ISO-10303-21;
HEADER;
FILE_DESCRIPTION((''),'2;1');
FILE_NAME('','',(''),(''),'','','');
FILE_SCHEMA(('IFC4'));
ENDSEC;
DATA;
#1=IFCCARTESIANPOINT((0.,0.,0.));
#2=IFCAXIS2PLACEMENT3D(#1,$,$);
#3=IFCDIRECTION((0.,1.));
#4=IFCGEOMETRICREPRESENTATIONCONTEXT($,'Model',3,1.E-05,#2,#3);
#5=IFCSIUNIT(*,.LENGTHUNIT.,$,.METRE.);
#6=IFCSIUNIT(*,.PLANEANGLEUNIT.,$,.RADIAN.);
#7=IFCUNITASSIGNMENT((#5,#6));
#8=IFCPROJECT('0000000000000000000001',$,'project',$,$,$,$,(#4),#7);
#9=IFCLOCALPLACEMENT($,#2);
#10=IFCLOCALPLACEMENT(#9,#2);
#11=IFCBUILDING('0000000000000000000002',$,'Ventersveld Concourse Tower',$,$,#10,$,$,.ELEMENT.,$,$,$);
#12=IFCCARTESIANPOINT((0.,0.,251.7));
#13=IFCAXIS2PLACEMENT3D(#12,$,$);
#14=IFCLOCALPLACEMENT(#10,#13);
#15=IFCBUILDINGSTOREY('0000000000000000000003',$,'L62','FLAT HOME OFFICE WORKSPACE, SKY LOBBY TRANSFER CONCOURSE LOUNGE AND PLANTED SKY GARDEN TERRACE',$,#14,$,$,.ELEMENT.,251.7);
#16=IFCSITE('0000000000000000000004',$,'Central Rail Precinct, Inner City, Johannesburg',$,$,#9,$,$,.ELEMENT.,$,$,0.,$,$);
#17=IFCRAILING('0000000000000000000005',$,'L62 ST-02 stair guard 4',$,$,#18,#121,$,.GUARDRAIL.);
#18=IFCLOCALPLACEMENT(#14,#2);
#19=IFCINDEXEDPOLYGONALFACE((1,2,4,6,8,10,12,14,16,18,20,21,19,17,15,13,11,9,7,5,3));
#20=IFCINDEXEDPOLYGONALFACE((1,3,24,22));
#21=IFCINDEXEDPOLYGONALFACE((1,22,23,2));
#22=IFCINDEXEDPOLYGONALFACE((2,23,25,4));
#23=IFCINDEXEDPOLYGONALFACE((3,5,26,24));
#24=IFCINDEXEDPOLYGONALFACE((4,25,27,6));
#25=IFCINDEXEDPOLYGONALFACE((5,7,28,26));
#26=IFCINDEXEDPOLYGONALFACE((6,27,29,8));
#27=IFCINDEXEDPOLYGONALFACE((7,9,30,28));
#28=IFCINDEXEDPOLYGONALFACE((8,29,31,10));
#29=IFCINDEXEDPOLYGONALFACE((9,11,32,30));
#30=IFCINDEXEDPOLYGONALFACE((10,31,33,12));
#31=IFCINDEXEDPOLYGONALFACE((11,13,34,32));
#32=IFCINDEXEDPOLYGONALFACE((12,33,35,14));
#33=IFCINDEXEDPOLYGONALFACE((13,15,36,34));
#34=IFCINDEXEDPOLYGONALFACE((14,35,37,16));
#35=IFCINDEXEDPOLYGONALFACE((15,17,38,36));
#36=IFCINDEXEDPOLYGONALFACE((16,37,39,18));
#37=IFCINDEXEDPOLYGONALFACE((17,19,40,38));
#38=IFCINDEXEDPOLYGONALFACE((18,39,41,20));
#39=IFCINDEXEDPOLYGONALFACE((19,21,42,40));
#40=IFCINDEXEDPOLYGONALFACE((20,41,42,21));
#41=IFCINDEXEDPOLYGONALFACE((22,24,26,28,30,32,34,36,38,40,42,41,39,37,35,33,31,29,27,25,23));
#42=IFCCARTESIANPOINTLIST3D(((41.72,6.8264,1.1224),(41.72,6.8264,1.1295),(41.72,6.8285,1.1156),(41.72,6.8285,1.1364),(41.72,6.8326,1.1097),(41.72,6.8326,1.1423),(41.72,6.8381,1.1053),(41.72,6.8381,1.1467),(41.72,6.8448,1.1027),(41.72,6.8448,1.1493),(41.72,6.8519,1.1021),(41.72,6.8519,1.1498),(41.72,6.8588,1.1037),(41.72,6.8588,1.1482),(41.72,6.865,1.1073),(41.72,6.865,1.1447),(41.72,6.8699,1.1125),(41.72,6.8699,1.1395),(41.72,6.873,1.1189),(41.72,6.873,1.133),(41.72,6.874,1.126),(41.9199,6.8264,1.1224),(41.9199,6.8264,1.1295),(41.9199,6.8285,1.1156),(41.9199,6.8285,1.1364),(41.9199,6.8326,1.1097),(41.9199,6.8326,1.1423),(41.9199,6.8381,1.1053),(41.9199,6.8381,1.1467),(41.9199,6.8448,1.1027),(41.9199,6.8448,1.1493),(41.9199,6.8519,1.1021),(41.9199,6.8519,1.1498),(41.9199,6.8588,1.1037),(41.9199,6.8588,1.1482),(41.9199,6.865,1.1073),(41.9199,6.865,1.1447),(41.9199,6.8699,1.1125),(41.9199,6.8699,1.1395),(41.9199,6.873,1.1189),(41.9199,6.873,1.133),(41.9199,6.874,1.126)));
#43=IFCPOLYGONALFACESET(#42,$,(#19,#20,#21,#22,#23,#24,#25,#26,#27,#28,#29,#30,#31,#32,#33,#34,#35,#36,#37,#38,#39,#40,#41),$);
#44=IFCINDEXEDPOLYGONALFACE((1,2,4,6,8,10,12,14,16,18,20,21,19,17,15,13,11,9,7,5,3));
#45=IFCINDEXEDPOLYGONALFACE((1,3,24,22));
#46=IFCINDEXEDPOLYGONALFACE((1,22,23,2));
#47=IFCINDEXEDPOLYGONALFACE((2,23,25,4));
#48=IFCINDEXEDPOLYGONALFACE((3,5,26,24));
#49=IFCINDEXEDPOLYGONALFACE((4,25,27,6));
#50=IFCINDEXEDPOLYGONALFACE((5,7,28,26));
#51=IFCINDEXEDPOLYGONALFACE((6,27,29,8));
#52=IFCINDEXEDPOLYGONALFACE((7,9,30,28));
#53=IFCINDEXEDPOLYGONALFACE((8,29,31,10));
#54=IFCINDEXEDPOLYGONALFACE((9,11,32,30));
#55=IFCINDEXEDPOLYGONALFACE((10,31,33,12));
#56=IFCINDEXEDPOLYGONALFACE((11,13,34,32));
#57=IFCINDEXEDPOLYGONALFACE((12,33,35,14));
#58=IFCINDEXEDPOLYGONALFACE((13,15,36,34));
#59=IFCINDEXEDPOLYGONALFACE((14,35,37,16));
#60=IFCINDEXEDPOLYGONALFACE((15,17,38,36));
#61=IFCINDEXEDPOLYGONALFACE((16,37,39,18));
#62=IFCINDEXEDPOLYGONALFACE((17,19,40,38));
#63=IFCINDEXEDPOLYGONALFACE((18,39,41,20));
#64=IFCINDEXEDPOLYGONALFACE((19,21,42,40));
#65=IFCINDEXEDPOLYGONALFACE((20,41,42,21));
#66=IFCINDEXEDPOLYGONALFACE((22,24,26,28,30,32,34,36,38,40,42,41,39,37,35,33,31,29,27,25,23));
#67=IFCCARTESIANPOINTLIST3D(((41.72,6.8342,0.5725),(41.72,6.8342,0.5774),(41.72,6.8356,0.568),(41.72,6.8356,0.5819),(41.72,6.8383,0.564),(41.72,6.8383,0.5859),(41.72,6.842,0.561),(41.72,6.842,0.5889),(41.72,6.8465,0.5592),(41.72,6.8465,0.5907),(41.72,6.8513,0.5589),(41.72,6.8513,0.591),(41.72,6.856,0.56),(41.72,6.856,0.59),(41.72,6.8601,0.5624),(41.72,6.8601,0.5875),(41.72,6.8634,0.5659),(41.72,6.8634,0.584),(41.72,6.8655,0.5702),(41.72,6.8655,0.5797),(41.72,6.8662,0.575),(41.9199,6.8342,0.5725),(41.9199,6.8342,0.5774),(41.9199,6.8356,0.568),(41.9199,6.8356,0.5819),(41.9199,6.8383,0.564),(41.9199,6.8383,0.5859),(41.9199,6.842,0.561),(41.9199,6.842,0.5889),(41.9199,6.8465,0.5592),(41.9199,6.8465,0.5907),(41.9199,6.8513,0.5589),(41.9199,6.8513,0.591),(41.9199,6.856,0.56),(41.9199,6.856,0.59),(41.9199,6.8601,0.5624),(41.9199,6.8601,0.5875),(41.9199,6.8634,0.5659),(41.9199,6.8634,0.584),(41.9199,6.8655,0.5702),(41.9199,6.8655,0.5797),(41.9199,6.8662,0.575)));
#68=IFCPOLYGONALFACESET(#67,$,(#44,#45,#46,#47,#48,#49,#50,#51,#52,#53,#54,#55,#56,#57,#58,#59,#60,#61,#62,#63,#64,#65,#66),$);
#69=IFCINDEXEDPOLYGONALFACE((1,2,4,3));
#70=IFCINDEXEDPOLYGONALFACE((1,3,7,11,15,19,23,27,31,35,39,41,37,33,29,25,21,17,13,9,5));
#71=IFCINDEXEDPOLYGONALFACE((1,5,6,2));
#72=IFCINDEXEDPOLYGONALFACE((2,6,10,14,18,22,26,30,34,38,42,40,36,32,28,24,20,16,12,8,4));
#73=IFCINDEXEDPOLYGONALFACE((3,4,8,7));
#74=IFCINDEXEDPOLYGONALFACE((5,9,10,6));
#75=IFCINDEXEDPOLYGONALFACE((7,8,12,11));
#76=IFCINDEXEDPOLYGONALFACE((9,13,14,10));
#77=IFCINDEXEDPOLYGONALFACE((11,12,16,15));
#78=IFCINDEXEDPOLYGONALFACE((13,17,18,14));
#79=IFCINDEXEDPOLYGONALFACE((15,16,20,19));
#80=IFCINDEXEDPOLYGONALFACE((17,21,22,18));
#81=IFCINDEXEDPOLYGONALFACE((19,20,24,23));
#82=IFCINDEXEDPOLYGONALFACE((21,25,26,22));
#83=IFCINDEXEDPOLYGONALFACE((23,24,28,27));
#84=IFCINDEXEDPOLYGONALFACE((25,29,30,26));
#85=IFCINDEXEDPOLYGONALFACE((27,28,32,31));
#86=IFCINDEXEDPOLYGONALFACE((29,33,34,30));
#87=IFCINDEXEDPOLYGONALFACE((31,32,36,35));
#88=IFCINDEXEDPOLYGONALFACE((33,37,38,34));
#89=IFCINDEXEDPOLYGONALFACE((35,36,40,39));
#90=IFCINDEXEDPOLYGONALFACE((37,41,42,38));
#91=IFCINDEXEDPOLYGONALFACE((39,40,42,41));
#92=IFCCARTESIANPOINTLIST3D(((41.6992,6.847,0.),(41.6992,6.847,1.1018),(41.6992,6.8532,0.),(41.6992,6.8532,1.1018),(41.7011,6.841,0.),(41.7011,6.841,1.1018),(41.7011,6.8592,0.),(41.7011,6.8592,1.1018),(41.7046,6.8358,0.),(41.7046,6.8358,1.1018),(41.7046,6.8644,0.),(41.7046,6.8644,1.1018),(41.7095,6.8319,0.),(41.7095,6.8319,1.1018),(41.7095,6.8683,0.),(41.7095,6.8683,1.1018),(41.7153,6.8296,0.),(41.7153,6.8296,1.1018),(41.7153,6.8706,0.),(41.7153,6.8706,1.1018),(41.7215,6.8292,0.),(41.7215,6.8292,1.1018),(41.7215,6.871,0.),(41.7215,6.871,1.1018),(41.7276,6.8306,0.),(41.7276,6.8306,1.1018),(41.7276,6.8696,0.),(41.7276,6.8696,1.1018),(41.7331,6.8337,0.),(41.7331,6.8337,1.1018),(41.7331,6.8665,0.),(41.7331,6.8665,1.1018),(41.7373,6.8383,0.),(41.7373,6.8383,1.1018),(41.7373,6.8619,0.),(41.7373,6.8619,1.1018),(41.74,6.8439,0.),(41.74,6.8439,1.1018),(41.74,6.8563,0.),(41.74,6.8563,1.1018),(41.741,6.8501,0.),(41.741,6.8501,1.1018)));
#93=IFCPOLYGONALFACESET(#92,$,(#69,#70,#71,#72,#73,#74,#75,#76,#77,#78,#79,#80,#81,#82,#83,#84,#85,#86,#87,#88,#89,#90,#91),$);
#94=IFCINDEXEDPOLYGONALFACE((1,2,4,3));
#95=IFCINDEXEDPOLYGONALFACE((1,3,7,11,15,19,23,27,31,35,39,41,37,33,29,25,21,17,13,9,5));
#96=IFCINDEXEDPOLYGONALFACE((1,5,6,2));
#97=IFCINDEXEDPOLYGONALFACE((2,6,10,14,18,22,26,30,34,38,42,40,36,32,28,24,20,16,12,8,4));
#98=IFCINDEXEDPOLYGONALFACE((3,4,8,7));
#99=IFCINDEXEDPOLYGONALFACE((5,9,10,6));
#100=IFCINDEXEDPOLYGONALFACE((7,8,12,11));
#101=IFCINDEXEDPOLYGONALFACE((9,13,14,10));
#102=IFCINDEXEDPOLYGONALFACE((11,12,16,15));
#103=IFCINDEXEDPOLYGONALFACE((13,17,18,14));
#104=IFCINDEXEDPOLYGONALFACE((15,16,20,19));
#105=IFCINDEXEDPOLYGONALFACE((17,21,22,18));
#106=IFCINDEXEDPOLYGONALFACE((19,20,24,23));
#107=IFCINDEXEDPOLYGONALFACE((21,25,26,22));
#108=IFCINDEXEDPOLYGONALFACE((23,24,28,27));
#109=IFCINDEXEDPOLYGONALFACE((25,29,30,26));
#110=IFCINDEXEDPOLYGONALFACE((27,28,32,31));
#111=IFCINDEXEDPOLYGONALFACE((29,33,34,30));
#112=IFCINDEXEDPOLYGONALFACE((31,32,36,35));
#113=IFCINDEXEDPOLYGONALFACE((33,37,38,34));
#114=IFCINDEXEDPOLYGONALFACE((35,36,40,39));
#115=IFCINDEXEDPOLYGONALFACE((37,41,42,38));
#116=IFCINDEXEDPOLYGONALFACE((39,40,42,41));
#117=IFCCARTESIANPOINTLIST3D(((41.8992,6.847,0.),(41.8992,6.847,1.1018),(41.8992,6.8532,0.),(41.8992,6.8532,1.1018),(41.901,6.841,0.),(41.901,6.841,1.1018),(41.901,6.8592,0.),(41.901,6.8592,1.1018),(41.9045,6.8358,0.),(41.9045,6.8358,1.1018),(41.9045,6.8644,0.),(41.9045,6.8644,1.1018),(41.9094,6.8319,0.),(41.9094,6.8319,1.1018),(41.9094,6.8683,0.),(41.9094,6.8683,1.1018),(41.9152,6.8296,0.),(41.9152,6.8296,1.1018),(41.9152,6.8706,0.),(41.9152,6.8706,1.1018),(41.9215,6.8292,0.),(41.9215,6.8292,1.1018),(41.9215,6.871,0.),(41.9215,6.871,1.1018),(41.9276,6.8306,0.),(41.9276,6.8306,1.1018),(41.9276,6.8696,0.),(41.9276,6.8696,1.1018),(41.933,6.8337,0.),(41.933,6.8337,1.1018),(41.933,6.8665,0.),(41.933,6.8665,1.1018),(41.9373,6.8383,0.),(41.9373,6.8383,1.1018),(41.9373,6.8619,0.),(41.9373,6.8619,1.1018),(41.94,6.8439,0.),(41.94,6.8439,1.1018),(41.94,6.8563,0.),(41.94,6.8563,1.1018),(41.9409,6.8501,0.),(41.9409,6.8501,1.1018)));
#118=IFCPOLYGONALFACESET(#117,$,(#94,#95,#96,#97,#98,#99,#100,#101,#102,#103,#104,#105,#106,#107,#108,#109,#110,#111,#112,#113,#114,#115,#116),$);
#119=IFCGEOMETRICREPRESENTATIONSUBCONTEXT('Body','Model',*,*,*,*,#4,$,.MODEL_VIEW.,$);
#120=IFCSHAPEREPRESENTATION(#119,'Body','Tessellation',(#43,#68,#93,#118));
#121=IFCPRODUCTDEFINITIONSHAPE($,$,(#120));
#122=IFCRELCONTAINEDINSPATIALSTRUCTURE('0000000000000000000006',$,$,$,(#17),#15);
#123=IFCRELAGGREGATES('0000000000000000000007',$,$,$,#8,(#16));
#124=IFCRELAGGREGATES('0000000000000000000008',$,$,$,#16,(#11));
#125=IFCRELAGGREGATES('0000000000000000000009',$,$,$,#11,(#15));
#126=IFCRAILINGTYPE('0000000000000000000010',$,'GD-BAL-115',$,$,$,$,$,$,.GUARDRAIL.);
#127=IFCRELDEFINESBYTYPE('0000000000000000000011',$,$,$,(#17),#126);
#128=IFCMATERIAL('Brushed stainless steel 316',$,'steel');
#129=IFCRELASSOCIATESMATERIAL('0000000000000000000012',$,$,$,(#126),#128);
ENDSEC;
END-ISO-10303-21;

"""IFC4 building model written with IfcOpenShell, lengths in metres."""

from ifc_helpers import new_model, si_unit, direction, frame, origin, origin_2d, place, context, subcontext, project, spatial, circle, extrude, material, type_object, element, save


model = new_model("IFC4")

# Units and contexts
model_context = context("Model", 3, precision=1e-05, world=origin(), true_north=direction((0.0, 1.0)))
body_context = subcontext(model_context, "Body", "Model", "MODEL_VIEW")
ifc_project = project(units=[si_unit("LENGTHUNIT", "METRE"), si_unit("PLANEANGLEUNIT", "RADIAN")], contexts=[model_context])

# Site, building, storey
site_placement = place(None, origin())
site = spatial("IfcSite", under=ifc_project, at=site_placement, Name="Central Rail Precinct, Inner City, Johannesburg", CompositionType="ELEMENT", RefElevation=0.0)
building_placement = place(site_placement, origin())
building = spatial("IfcBuilding", under=site, at=building_placement, Name="Ventersveld Concourse Tower", CompositionType="ELEMENT")
storey_placement = place(building_placement, frame((0.0, 0.0, 251.7)))
storey = spatial("IfcBuildingStorey", under=building, at=storey_placement, Name="L62", Description="FLAT HOME OFFICE WORKSPACE, SKY LOBBY TRANSFER CONCOURSE LOUNGE AND PLANTED SKY GARDEN TERRACE", CompositionType="ELEMENT", Elevation=251.7)

# Railing
ifc_material_1 = material(Name="Brushed stainless steel 316", Category="steel")
railing_type_1 = type_object("IfcRailingType", Name="GD-BAL-115", PredefinedType="GUARDRAIL", material=ifc_material_1)
railing_1_placement = place(storey_placement, frame((41.72, 6.8501, 0.0)))
element("IfcRailing", 1, at=railing_1_placement, inside=storey, type_object=railing_type_1, Name="L62 ST-02 stair guard 4", PredefinedType="GUARDRAIL", context=body_context, shape_type="SweptSolid", body=[
    extrude(circle(Radius=0.0239, at=origin_2d()), frame((0.0, 0.0, 1.126), z_axis=(1.0, 0.0, 0.0), x_axis=(0.0, 1.0, 0.0)), (0.0, 0.0, 1.0), 0.2),
    extrude(circle(Radius=0.0161, at=origin_2d()), frame((0.0, 0.0, 0.575), z_axis=(1.0, 0.0, 0.0), x_axis=(0.0, 1.0, 0.0)), (0.0, 0.0, 1.0), 0.2),
    extrude(circle(Radius=0.021, at=origin_2d()), origin(), (0.0, 0.0, 1.0), 1.1018),
    extrude(circle(Radius=0.021, at=origin_2d()), frame((0.2, 0.0, 0.0)), (0.0, 0.0, 1.0), 1.1018),
])

save(model, "model.ifc")
